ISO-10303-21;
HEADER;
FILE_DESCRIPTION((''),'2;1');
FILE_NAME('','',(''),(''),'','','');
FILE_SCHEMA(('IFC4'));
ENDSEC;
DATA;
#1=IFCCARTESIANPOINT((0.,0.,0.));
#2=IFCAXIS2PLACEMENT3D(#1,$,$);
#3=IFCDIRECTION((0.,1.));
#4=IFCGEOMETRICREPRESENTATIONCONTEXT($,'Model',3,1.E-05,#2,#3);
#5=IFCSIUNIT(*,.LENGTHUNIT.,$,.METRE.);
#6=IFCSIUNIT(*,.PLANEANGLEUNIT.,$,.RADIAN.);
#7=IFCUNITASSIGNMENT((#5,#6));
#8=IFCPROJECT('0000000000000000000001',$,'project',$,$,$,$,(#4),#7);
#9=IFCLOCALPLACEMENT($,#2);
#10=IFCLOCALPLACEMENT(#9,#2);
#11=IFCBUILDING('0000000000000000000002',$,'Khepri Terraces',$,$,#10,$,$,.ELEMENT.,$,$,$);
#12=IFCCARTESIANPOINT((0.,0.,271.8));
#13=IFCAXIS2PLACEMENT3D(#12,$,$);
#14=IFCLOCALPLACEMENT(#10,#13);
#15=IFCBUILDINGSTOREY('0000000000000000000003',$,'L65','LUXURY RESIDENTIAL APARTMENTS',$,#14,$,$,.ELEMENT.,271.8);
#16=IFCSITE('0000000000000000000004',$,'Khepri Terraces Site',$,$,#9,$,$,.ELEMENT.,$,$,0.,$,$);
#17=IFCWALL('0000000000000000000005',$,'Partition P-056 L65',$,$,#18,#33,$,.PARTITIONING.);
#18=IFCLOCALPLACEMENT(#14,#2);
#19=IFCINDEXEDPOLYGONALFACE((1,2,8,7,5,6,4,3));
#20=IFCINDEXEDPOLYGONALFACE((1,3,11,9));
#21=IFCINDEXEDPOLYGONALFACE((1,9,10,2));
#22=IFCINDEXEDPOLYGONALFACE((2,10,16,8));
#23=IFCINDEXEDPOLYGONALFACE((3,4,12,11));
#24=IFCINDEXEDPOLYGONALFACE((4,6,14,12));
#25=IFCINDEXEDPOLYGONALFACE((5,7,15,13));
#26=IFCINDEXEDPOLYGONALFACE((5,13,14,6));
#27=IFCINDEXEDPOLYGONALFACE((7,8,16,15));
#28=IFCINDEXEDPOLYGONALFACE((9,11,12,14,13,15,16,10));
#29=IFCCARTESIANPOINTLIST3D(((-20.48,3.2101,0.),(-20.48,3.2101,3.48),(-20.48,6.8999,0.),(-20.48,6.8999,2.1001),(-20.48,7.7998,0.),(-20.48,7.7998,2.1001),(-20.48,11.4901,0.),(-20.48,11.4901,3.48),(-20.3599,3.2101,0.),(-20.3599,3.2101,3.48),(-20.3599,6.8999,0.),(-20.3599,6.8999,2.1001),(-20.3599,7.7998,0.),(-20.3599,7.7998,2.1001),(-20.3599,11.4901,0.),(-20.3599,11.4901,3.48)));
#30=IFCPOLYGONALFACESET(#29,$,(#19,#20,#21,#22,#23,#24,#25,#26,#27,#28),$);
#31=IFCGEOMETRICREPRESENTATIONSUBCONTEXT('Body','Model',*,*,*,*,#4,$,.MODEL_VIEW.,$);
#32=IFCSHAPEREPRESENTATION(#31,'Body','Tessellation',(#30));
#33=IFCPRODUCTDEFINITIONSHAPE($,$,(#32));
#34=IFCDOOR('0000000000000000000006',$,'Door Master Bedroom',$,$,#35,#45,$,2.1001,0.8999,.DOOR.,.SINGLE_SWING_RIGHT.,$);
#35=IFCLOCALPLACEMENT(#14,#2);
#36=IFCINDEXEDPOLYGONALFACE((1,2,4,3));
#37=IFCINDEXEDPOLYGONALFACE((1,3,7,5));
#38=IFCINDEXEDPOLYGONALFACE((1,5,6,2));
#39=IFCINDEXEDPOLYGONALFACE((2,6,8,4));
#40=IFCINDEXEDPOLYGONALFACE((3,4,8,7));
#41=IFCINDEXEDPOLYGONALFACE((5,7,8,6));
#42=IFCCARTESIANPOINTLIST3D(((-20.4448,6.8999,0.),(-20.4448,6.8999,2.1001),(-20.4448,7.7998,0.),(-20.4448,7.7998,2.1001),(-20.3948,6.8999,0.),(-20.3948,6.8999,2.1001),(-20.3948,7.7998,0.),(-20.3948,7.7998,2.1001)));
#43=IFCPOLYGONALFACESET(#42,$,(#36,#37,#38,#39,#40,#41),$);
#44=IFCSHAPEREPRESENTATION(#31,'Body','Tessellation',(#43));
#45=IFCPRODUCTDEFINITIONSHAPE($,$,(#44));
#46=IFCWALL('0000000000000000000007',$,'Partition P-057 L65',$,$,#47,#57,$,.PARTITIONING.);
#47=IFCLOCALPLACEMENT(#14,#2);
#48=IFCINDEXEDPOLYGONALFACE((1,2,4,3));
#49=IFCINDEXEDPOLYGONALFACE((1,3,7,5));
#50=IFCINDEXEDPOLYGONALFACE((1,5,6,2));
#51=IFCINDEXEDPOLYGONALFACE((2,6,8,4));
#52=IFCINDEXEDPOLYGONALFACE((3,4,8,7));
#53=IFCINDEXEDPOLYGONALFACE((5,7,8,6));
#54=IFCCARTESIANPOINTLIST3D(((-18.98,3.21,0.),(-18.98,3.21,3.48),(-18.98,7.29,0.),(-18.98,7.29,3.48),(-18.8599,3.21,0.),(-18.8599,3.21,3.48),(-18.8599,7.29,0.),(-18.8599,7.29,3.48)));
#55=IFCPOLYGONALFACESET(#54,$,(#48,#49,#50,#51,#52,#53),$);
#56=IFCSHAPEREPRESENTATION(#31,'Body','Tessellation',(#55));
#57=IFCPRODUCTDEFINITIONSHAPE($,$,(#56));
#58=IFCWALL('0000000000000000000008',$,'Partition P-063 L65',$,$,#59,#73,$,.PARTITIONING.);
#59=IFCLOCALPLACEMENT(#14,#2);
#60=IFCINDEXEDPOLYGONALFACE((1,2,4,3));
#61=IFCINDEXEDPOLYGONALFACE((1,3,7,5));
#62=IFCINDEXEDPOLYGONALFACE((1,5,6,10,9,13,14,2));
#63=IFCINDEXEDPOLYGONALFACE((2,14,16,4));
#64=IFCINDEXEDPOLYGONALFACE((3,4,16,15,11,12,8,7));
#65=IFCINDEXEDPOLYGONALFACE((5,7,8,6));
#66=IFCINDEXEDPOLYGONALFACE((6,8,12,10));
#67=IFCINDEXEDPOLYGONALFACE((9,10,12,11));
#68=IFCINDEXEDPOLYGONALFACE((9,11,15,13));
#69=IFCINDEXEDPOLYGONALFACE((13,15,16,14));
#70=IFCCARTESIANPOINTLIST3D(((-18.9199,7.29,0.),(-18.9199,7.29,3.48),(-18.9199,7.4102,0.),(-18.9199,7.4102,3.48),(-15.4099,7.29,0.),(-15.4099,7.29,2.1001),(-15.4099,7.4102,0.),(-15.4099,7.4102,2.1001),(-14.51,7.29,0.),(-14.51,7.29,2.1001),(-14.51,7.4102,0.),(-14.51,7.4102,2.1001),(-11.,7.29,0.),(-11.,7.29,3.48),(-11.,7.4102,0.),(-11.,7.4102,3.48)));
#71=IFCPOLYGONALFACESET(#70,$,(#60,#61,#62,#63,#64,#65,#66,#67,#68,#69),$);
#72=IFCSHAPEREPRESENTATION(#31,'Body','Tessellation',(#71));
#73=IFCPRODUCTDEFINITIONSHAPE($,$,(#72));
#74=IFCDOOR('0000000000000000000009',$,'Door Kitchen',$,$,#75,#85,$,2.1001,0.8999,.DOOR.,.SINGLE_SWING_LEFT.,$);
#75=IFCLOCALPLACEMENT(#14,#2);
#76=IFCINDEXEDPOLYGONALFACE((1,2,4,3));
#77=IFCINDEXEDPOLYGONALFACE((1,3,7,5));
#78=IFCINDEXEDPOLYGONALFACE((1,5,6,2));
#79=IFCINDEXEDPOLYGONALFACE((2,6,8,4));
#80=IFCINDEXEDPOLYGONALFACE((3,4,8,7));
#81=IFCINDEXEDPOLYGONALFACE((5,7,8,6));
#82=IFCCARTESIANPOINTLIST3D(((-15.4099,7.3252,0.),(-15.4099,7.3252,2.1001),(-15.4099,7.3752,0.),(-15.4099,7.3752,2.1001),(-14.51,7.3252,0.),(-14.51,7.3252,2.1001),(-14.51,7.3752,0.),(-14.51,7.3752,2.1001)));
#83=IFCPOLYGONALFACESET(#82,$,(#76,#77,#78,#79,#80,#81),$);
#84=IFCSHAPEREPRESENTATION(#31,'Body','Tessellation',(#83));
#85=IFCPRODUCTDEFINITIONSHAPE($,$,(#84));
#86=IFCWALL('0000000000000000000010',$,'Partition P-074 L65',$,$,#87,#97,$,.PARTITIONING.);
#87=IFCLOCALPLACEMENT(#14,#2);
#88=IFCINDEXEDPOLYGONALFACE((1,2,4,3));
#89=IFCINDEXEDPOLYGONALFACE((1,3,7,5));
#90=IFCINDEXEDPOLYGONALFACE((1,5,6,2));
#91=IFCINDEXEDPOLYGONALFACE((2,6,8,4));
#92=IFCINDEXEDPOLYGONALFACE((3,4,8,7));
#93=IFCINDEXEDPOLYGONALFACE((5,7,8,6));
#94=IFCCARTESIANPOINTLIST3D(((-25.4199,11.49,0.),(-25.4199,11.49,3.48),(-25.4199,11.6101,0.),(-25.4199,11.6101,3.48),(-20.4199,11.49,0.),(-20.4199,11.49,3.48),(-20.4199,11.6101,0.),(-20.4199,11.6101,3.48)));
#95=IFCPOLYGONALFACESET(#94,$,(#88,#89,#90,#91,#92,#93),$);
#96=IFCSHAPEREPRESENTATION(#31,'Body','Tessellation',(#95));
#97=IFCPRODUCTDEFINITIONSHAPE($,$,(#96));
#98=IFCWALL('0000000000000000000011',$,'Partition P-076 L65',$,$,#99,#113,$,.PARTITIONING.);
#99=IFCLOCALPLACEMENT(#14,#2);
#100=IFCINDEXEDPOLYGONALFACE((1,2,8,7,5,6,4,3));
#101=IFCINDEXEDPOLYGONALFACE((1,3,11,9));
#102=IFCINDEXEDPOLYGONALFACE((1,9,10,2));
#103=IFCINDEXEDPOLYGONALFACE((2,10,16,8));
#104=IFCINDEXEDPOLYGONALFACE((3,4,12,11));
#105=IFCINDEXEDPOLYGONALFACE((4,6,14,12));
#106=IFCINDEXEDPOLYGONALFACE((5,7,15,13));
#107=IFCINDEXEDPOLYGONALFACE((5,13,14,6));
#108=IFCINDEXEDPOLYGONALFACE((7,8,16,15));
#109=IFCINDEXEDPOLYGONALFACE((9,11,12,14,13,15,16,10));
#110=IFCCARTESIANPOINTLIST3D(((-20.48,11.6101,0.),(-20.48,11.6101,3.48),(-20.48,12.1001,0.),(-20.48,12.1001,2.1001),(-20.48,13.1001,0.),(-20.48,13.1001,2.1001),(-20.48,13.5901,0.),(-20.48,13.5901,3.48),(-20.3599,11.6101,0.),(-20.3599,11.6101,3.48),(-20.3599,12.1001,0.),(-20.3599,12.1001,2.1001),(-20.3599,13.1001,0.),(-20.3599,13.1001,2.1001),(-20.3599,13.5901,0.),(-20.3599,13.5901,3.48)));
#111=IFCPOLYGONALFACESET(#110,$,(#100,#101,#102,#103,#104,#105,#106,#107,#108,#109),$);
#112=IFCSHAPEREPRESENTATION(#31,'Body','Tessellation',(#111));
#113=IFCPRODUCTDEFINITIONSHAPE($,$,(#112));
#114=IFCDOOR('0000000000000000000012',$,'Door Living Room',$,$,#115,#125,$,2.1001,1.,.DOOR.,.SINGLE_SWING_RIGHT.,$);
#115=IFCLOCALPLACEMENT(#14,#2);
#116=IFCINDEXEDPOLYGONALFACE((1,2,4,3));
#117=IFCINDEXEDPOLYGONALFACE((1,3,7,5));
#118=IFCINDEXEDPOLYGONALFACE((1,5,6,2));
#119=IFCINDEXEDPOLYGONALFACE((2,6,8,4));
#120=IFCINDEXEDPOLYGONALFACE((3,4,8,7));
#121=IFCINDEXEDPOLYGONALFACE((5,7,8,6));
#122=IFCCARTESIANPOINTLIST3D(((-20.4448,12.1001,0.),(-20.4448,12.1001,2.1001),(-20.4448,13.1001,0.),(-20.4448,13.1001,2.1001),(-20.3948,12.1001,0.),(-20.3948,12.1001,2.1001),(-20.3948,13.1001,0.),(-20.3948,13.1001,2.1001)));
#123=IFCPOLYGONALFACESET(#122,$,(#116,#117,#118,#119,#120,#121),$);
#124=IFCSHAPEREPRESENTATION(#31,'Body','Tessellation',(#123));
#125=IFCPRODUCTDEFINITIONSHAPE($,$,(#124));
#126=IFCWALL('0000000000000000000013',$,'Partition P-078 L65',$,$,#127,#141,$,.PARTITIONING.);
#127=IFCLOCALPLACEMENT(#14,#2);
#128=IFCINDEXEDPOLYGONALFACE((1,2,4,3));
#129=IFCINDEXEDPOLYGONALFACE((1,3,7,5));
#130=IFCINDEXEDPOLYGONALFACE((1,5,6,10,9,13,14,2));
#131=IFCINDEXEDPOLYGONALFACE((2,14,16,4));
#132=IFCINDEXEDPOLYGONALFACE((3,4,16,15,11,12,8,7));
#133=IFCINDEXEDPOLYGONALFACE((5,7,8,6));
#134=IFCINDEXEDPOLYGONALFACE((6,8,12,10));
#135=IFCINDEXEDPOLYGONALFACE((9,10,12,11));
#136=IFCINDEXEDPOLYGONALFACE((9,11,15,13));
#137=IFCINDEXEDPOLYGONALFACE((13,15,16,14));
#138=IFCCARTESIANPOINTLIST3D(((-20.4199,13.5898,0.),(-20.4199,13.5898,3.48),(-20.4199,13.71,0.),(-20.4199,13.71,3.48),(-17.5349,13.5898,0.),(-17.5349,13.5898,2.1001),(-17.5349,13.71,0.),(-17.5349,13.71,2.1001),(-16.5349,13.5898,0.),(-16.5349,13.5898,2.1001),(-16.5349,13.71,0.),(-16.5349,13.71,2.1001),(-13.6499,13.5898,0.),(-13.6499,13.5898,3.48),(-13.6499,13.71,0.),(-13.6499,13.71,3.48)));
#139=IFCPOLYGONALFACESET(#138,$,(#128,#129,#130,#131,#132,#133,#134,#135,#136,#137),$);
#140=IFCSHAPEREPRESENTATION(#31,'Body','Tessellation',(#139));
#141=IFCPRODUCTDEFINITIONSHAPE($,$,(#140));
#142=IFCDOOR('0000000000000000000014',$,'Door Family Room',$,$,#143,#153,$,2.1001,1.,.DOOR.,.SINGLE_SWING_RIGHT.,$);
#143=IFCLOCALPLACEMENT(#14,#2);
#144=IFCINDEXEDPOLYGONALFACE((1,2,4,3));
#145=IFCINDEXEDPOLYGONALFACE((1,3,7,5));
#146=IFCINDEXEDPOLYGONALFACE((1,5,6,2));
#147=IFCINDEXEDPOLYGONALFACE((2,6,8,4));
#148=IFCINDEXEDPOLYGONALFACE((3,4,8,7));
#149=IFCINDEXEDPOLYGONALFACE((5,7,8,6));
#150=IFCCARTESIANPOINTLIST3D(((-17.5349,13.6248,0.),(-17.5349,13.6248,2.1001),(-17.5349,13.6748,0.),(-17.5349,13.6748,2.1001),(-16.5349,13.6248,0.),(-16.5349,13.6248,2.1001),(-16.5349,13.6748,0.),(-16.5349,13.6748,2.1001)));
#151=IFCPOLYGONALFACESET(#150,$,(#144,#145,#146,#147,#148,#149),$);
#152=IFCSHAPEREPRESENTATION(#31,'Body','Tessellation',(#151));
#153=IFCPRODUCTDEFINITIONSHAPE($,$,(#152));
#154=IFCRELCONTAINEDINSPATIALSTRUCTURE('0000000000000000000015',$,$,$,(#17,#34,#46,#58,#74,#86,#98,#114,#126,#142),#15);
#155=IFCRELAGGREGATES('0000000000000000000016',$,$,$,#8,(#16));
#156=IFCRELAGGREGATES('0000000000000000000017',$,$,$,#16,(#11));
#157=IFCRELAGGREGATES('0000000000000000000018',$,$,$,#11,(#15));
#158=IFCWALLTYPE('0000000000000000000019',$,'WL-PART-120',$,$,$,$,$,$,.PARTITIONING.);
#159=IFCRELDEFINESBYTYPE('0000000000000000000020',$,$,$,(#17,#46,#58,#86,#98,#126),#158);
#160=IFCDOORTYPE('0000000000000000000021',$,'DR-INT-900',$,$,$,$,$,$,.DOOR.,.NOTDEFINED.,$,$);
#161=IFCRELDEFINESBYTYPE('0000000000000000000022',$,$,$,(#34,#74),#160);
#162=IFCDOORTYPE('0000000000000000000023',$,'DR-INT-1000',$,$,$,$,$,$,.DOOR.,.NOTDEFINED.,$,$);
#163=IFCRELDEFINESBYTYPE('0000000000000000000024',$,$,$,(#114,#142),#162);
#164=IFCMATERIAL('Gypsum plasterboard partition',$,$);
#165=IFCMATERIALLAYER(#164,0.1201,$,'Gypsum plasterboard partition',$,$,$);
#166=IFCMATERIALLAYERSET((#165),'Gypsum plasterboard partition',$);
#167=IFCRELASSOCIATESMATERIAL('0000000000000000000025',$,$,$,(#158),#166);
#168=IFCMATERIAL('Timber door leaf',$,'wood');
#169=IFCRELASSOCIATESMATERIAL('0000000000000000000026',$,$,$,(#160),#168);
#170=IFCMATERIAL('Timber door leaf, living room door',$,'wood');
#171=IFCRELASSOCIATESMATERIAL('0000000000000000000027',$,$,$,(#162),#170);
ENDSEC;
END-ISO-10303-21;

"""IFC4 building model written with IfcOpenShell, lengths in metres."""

from ifc_helpers import new_model, si_unit, direction, frame, frame_2d, origin, place, context, subcontext, project, spatial, rectangle, extrude, material, layer, layer_set, type_object, element, fill, save


model = new_model("IFC4")

# Units and contexts
model_context = context("Model", 3, precision=1e-05, world=origin(), true_north=direction((0.0, 1.0)))
body_context = subcontext(model_context, "Body", "Model", "MODEL_VIEW")
ifc_project = project(units=[si_unit("LENGTHUNIT", "METRE"), si_unit("PLANEANGLEUNIT", "RADIAN")], contexts=[model_context])

# Site, building, storey
site_placement = place(None, origin())
site = spatial("IfcSite", under=ifc_project, at=site_placement, Name="Khepri Terraces Site", CompositionType="ELEMENT", RefElevation=0.0)
building_placement = place(site_placement, origin())
building = spatial("IfcBuilding", under=site, at=building_placement, Name="Khepri Terraces", CompositionType="ELEMENT")
storey_placement = place(building_placement, frame((0.0, 0.0, 271.8)))
storey = spatial("IfcBuildingStorey", under=building, at=storey_placement, Name="L65", Description="LUXURY RESIDENTIAL APARTMENTS", CompositionType="ELEMENT", Elevation=271.8)

# Shared definitions
ifc_material_1 = material(Name="Gypsum plasterboard partition")
ifc_layer_1 = layer(ifc_material_1, 0.1201, Name="Gypsum plasterboard partition")
ifc_layer_set_1 = layer_set([ifc_layer_1], Name="Gypsum plasterboard partition")
wall_type_1 = type_object("IfcWallType", Name="WL-PART-120", PredefinedType="PARTITIONING", material=ifc_layer_set_1)

# Shared definitions
ifc_material_2 = material(Name="Timber door leaf", Category="wood")
door_type_1 = type_object("IfcDoorType", Name="DR-INT-900", OperationType="NOTDEFINED", PredefinedType="DOOR", material=ifc_material_2)

# Wall, opening, door
wall_1_placement = place(storey_placement, frame((-20.4199, 3.21, 0.0), z_axis=(0.0, 0.0, 1.0), x_axis=(0.0, 1.0, 0.0)))
wall_1 = element("IfcWall", 1, at=wall_1_placement, inside=storey, type_object=wall_type_1, Name="Partition P-056 L65", PredefinedType="PARTITIONING", context=body_context, shape_type="SweptSolid", body=[
    extrude(rectangle(XDim=8.28, YDim=0.1201, at=frame_2d((4.1401, 0.0))), origin(), (0.0, 0.0, 1.0), 3.48),
])
opening_1_placement = place(wall_1_placement, frame((3.6899, 0.0, 0.0)))
opening_1 = element("IfcOpeningElement", 2, at=opening_1_placement, cuts=wall_1, PredefinedType="OPENING", context=body_context, shape_type="SweptSolid", body=[
    extrude(rectangle(XDim=0.8999, YDim=2.1001, at=frame_2d((0.45, 1.05))), frame((0.0, 0.0701, 0.0), z_axis=(0.0, -1.0, 0.0), x_axis=(1.0, 0.0, 0.0)), (0.0, 0.0, 1.0), 0.1401),
])
door_1_placement = place(opening_1_placement, origin())
door_1 = element("IfcDoor", 3, at=door_1_placement, inside=storey, type_object=door_type_1, Name="Door Master Bedroom", OperationType="SINGLE_SWING_RIGHT", OverallHeight=2.1001, OverallWidth=0.8999, PredefinedType="DOOR", context=body_context, shape_type="SweptSolid", body=[
    extrude(rectangle(XDim=0.8999, YDim=2.1001, at=frame_2d((0.45, 1.05))), frame((0.0, 0.0249, 0.0), z_axis=(0.0, -1.0, 0.0), x_axis=(1.0, 0.0, 0.0)), (0.0, 0.0, 1.0), 0.05),
])
fill(opening_1, door_1)

# Wall
wall_2_placement = place(storey_placement, frame((-18.9199, 3.21, 0.0), z_axis=(0.0, 0.0, 1.0), x_axis=(0.0, 1.0, 0.0)))
element("IfcWall", 4, at=wall_2_placement, inside=storey, type_object=wall_type_1, Name="Partition P-057 L65", PredefinedType="PARTITIONING", context=body_context, shape_type="SweptSolid", body=[
    extrude(rectangle(XDim=4.0801, YDim=0.1201, at=frame_2d((2.04, 0.0))), origin(), (0.0, 0.0, 1.0), 3.48),
])

# Wall, opening, door
wall_3_placement = place(storey_placement, frame((-18.9199, 7.3501, 0.0), z_axis=(0.0, 0.0, 1.0), x_axis=(1.0, 0.0, 0.0)))
wall_3 = element("IfcWall", 5, at=wall_3_placement, inside=storey, type_object=wall_type_1, Name="Partition P-063 L65", PredefinedType="PARTITIONING", context=body_context, shape_type="SweptSolid", body=[
    extrude(rectangle(XDim=7.9199, YDim=0.1201, at=frame_2d((3.96, 0.0))), origin(), (0.0, 0.0, 1.0), 3.48),
])
opening_2_placement = place(wall_3_placement, frame((3.51, 0.0, 0.0)))
opening_2 = element("IfcOpeningElement", 6, at=opening_2_placement, cuts=wall_3, PredefinedType="OPENING", context=body_context, shape_type="SweptSolid", body=[
    extrude(rectangle(XDim=0.8999, YDim=2.1001, at=frame_2d((0.45, 1.05))), frame((0.0, 0.0701, 0.0), z_axis=(0.0, -1.0, 0.0), x_axis=(1.0, 0.0, 0.0)), (0.0, 0.0, 1.0), 0.1401),
])
door_2_placement = place(opening_2_placement, frame((0.8999, 0.0, 0.0), z_axis=(0.0, 0.0, 1.0), x_axis=(-1.0, 0.0, 0.0)))
door_2 = element("IfcDoor", 7, at=door_2_placement, inside=storey, type_object=door_type_1, Name="Door Kitchen", OperationType="SINGLE_SWING_LEFT", OverallHeight=2.1001, OverallWidth=0.8999, PredefinedType="DOOR", context=body_context, shape_type="SweptSolid", body=[
    extrude(rectangle(XDim=0.8999, YDim=2.1001, at=frame_2d((0.45, 1.05))), frame((0.0, 0.0249, 0.0), z_axis=(0.0, -1.0, 0.0), x_axis=(1.0, 0.0, 0.0)), (0.0, 0.0, 1.0), 0.05),
])
fill(opening_2, door_2)

# Wall
wall_4_placement = place(storey_placement, frame((-25.4199, 11.55, 0.0), z_axis=(0.0, 0.0, 1.0), x_axis=(1.0, 0.0, 0.0)))
element("IfcWall", 8, at=wall_4_placement, inside=storey, type_object=wall_type_1, Name="Partition P-074 L65", PredefinedType="PARTITIONING", context=body_context, shape_type="SweptSolid", body=[
    extrude(rectangle(XDim=5.0, YDim=0.1201, at=frame_2d((2.5, 0.0))), origin(), (0.0, 0.0, 1.0), 3.48),
])

# Walls, openings, doors
wall_5_placement = place(storey_placement, frame((-20.4199, 11.6101, 0.0), z_axis=(0.0, 0.0, 1.0), x_axis=(0.0, 1.0, 0.0)))
wall_5 = element("IfcWall", 9, at=wall_5_placement, inside=storey, type_object=wall_type_1, Name="Partition P-076 L65", PredefinedType="PARTITIONING", context=body_context, shape_type="SweptSolid", body=[
    extrude(rectangle(XDim=1.98, YDim=0.1201, at=frame_2d((0.99, 0.0))), origin(), (0.0, 0.0, 1.0), 3.48),
])
opening_3_placement = place(wall_5_placement, frame((0.49, 0.0, 0.0)))
opening_3 = element("IfcOpeningElement", 10, at=opening_3_placement, cuts=wall_5, PredefinedType="OPENING", context=body_context, shape_type="SweptSolid", body=[
    extrude(rectangle(XDim=1.0, YDim=2.1001, at=frame_2d((0.5, 1.05))), frame((0.0, 0.0701, 0.0), z_axis=(0.0, -1.0, 0.0), x_axis=(1.0, 0.0, 0.0)), (0.0, 0.0, 1.0), 0.1401),
])
ifc_material_3 = material(Name="Timber door leaf, living room door", Category="wood")
door_type_2 = type_object("IfcDoorType", Name="DR-INT-1000", OperationType="NOTDEFINED", PredefinedType="DOOR", material=ifc_material_3)
door_3_placement = place(opening_3_placement, origin())
door_3 = element("IfcDoor", 11, at=door_3_placement, inside=storey, type_object=door_type_2, Name="Door Living Room", OperationType="SINGLE_SWING_RIGHT", OverallHeight=2.1001, OverallWidth=1.0, PredefinedType="DOOR", context=body_context, shape_type="SweptSolid", body=[
    extrude(rectangle(XDim=1.0, YDim=2.1001, at=frame_2d((0.5, 1.05))), frame((0.0, 0.0249, 0.0), z_axis=(0.0, -1.0, 0.0), x_axis=(1.0, 0.0, 0.0)), (0.0, 0.0, 1.0), 0.05),
])
fill(opening_3, door_3)
wall_6_placement = place(storey_placement, frame((-20.4199, 13.6499, 0.0), z_axis=(0.0, 0.0, 1.0), x_axis=(1.0, 0.0, 0.0)))
wall_6 = element("IfcWall", 12, at=wall_6_placement, inside=storey, type_object=wall_type_1, Name="Partition P-078 L65", PredefinedType="PARTITIONING", context=body_context, shape_type="SweptSolid", body=[
    extrude(rectangle(XDim=6.77, YDim=0.1201, at=frame_2d((3.385, 0.0))), origin(), (0.0, 0.0, 1.0), 3.48),
])
opening_4_placement = place(wall_6_placement, frame((2.885, 0.0, 0.0)))
opening_4 = element("IfcOpeningElement", 13, at=opening_4_placement, cuts=wall_6, PredefinedType="OPENING", context=body_context, shape_type="SweptSolid", body=[
    extrude(rectangle(XDim=1.0, YDim=2.1001, at=frame_2d((0.5, 1.05))), frame((0.0, 0.0701, 0.0), z_axis=(0.0, -1.0, 0.0), x_axis=(1.0, 0.0, 0.0)), (0.0, 0.0, 1.0), 0.1401),
])
door_4_placement = place(opening_4_placement, origin())
door_4 = element("IfcDoor", 14, at=door_4_placement, inside=storey, type_object=door_type_2, Name="Door Family Room", OperationType="SINGLE_SWING_RIGHT", OverallHeight=2.1001, OverallWidth=1.0, PredefinedType="DOOR", context=body_context, shape_type="SweptSolid", body=[
    extrude(rectangle(XDim=1.0, YDim=2.1001, at=frame_2d((0.5, 1.05))), frame((0.0, 0.0249, 0.0), z_axis=(0.0, -1.0, 0.0), x_axis=(1.0, 0.0, 0.0)), (0.0, 0.0, 1.0), 0.05),
])
fill(opening_4, door_4)

save(model, "model.ifc")
